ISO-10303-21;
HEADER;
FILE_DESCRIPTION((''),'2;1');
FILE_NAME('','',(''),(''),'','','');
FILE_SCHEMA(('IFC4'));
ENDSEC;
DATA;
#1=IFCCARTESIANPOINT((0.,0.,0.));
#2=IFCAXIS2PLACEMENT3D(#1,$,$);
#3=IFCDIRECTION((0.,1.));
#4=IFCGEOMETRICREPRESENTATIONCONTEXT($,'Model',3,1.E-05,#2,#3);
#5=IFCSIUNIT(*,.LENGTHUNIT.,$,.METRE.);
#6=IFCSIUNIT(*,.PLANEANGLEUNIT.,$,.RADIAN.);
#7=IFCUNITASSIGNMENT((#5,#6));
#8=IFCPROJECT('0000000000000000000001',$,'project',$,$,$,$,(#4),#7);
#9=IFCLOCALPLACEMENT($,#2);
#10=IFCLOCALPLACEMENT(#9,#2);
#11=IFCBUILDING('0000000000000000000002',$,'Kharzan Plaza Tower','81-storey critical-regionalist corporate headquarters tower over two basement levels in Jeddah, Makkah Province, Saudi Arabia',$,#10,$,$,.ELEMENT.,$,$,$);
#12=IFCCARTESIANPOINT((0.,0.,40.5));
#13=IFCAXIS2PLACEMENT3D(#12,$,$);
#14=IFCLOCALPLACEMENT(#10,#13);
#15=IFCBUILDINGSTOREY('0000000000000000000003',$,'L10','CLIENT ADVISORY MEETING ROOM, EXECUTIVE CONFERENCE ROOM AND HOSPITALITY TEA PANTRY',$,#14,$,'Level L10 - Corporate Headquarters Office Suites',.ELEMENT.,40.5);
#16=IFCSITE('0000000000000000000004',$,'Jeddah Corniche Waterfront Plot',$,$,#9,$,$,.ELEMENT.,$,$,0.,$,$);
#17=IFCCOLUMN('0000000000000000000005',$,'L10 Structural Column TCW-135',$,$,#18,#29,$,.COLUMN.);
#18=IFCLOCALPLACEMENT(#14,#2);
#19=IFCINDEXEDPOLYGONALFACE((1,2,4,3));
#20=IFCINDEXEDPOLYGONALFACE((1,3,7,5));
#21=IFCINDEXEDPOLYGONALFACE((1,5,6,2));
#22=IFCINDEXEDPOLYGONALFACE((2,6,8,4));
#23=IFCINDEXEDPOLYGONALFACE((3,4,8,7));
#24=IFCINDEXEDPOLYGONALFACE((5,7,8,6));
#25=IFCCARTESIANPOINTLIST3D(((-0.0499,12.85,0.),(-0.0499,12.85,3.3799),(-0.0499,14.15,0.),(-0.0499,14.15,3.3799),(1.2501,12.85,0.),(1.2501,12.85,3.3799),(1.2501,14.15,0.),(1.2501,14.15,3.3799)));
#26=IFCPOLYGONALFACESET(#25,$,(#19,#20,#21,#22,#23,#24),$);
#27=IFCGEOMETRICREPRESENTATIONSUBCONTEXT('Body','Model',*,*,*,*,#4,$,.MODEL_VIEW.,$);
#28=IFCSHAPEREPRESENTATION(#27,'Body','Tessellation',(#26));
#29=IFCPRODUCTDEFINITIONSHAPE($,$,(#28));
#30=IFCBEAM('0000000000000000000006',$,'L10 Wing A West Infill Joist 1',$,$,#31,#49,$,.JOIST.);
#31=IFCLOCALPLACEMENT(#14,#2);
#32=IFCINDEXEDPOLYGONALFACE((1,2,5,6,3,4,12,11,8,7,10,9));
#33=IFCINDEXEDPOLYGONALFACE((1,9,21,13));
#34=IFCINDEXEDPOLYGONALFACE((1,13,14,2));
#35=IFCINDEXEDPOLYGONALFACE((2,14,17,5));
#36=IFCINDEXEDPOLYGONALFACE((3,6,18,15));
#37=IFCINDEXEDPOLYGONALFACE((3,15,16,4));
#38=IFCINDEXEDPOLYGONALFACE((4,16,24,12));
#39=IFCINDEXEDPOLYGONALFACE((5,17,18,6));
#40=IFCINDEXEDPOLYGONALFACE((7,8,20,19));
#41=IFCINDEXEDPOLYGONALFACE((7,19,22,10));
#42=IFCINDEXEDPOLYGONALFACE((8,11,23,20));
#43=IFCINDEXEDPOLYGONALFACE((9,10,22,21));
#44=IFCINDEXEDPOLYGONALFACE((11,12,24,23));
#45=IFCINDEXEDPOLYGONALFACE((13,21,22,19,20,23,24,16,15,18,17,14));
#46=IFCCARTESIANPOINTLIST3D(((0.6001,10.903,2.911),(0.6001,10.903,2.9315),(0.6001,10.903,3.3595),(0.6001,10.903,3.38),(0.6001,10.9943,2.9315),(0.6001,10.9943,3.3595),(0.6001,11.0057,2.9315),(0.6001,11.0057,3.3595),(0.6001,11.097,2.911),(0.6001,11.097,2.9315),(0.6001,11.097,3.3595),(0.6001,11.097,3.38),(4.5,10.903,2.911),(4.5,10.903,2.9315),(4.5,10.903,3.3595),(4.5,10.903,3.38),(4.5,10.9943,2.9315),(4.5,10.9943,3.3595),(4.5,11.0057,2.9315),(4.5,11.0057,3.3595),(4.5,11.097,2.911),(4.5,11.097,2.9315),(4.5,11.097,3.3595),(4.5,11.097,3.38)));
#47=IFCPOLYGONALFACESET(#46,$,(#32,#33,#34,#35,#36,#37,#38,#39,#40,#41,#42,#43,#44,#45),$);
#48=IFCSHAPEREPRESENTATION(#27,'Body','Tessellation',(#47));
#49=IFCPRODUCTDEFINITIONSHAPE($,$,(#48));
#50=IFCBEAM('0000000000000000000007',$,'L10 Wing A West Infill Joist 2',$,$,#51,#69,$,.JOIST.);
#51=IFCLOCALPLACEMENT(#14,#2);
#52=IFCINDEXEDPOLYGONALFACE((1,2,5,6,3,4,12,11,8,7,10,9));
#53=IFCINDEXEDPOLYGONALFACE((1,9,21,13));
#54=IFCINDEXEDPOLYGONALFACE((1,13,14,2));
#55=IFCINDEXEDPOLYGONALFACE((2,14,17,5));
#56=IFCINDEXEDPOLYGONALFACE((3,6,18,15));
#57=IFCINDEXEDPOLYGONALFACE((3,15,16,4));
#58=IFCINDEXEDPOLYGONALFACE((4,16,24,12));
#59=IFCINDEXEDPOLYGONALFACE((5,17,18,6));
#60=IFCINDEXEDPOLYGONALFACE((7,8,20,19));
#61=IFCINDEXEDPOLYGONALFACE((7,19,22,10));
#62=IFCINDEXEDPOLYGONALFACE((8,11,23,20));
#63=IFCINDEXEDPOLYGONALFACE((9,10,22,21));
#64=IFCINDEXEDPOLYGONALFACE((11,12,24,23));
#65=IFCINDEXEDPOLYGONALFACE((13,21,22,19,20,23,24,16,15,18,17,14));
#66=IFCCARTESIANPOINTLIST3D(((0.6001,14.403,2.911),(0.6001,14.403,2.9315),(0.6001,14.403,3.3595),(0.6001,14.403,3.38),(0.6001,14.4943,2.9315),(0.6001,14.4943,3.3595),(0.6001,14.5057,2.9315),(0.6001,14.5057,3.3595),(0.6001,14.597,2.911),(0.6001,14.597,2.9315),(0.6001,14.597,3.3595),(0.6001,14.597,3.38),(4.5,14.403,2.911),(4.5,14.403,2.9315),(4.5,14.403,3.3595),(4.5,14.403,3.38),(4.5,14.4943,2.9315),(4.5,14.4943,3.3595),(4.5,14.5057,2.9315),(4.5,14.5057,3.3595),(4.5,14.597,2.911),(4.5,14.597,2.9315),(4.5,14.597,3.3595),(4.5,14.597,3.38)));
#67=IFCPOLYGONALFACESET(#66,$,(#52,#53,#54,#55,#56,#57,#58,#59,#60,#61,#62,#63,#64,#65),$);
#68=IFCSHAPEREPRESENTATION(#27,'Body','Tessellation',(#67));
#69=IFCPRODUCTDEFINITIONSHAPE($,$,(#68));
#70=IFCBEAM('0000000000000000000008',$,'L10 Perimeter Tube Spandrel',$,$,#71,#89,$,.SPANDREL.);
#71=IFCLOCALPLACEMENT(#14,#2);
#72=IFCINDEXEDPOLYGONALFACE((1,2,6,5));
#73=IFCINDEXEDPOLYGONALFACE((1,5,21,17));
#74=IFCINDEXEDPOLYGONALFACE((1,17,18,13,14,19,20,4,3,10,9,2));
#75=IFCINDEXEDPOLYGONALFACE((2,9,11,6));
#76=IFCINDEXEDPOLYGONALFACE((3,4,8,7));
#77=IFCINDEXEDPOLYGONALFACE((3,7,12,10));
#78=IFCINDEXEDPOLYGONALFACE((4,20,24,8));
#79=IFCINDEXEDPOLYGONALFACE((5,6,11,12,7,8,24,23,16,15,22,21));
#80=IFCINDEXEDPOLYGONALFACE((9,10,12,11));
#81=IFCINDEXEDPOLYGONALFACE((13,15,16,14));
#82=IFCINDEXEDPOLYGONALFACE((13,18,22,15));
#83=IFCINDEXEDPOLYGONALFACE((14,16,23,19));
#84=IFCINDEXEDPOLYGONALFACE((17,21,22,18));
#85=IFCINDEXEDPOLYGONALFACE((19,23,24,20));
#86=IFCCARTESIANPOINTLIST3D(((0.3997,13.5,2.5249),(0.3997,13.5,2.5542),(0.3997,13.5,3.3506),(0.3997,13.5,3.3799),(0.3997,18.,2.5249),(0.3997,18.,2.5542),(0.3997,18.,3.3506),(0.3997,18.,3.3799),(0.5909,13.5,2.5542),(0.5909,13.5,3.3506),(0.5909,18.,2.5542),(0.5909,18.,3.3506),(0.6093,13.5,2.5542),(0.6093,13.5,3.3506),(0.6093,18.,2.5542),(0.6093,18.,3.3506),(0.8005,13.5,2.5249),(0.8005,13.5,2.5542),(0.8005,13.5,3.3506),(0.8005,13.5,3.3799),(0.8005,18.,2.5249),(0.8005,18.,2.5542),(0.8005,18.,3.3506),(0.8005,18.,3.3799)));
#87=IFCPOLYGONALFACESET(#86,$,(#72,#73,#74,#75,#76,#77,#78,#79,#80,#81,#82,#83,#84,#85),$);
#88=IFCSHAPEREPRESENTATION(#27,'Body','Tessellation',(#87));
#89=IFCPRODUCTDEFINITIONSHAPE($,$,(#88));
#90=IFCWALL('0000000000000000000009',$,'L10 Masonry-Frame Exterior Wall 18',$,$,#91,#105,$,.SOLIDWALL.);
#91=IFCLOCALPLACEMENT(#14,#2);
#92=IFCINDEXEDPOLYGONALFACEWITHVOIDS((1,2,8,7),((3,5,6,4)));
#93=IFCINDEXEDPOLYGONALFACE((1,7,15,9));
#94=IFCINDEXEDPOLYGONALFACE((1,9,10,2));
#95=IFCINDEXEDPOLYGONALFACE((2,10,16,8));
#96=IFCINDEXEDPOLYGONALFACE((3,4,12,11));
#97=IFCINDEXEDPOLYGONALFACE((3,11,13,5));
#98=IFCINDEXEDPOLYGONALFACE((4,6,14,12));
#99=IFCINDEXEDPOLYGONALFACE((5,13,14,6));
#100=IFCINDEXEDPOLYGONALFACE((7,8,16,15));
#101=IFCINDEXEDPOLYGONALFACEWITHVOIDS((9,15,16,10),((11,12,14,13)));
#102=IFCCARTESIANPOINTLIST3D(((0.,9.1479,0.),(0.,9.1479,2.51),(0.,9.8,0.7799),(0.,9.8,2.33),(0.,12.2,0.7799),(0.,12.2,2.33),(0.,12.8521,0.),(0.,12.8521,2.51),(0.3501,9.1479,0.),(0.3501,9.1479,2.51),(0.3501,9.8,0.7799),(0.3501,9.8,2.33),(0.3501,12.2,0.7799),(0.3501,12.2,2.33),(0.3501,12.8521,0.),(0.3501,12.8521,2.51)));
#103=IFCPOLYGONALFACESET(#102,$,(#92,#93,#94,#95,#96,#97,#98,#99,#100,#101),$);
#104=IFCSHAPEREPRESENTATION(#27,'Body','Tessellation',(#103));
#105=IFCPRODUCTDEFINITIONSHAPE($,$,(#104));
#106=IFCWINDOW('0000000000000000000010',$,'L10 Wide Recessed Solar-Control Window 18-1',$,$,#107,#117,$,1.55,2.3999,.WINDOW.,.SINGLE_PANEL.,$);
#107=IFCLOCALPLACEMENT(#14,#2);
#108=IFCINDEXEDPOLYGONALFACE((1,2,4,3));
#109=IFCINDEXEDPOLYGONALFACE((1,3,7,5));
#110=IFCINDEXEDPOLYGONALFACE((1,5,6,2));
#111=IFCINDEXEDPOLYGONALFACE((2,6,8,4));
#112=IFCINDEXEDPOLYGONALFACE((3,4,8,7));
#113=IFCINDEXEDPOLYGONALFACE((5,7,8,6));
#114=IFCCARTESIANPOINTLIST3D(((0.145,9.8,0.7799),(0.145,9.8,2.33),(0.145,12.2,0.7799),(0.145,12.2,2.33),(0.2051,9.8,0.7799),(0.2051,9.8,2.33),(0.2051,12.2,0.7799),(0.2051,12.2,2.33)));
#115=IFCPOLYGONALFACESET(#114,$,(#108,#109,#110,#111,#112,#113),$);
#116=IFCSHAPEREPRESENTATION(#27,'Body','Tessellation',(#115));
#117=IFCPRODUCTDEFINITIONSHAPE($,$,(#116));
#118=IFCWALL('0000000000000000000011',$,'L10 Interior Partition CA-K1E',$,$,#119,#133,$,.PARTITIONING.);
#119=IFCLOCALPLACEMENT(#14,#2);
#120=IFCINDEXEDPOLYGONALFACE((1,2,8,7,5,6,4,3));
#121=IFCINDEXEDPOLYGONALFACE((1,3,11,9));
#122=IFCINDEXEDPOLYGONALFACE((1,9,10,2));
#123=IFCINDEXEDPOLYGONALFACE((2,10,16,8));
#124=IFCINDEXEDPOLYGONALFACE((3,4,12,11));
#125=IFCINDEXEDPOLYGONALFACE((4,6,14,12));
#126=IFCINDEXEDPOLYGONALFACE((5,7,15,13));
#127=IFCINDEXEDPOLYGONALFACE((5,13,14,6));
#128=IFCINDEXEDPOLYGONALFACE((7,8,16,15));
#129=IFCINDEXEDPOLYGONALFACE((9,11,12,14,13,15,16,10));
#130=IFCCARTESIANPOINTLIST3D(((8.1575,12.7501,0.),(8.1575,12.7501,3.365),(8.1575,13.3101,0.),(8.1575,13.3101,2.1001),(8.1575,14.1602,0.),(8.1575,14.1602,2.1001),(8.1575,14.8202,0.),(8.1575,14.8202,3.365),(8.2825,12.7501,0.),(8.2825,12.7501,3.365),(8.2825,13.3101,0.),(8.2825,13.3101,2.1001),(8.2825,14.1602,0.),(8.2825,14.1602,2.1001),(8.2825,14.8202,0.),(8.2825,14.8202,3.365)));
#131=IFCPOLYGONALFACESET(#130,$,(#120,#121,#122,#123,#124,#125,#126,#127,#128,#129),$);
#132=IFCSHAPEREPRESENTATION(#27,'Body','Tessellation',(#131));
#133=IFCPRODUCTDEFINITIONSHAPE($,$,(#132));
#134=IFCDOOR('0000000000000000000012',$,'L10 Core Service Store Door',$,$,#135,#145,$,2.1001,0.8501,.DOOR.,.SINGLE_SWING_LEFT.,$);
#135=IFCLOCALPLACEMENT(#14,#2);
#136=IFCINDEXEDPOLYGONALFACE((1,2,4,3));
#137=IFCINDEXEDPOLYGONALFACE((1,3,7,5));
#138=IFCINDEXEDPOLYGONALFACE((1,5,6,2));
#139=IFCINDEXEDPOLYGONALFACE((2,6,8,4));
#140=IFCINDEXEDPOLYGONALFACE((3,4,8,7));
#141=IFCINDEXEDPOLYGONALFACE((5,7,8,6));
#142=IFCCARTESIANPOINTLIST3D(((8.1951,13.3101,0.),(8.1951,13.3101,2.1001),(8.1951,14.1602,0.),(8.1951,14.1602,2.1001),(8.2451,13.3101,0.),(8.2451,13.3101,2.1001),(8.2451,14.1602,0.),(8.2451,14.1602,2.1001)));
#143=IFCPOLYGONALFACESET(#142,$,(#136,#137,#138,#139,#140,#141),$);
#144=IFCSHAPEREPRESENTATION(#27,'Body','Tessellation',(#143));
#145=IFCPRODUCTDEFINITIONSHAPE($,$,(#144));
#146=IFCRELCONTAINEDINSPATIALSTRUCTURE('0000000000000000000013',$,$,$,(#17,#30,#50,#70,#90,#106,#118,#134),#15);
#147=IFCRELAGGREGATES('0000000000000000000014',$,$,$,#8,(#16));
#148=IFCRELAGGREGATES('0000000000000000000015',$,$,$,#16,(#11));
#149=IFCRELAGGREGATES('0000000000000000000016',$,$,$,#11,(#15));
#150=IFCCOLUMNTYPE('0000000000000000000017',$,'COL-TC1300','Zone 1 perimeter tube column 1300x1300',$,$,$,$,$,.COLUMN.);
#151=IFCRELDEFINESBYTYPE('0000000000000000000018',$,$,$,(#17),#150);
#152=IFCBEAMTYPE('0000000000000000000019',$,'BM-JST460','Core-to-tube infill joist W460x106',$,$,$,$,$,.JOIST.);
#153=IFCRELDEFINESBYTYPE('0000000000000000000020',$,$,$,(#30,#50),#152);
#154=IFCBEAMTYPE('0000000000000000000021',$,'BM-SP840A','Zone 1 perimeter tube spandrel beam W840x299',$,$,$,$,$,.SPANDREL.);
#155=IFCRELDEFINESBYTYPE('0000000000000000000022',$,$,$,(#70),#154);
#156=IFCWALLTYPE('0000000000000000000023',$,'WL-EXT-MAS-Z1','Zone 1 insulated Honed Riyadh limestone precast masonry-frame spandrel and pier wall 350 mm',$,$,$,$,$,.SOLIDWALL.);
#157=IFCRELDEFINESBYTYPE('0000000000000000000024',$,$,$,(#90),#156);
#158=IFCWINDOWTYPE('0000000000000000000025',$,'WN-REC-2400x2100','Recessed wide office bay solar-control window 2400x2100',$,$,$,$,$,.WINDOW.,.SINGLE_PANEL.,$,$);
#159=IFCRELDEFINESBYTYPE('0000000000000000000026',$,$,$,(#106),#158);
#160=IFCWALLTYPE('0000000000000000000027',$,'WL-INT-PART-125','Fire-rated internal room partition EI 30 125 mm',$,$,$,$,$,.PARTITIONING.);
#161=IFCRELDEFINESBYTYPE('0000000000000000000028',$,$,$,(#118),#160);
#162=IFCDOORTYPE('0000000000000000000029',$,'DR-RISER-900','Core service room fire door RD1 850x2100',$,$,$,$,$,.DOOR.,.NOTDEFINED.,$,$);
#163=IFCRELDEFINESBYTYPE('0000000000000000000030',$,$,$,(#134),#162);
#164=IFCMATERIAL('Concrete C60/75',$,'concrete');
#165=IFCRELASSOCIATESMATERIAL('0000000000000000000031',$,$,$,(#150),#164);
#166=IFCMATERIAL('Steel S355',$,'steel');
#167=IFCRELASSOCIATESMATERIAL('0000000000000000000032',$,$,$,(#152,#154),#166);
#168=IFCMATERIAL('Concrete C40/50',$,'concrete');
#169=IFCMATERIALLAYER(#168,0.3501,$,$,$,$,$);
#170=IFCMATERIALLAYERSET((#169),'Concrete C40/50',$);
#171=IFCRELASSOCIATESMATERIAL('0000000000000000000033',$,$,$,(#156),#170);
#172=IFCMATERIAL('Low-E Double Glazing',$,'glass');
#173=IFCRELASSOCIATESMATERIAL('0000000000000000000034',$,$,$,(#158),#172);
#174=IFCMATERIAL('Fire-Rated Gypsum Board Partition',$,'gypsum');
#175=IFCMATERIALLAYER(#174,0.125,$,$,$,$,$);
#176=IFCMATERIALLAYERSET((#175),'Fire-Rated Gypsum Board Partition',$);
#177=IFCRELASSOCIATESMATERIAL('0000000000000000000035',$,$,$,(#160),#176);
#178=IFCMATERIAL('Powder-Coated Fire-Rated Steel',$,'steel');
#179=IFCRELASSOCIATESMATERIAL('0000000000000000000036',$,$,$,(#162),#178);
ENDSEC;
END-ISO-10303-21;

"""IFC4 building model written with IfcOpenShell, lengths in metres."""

from ifc_helpers import new_model, si_unit, direction, frame, frame_2d, origin, origin_2d, place, context, subcontext, project, spatial, rectangle, i_section, extrude, source, transform, mapped, material, layer, layer_set, material_profile, profile_set, type_object, element, fill, save


model = new_model("IFC4")

# Units and contexts
model_context = context("Model", 3, precision=1e-05, world=origin(), true_north=direction((0.0, 1.0)))
body_context = subcontext(model_context, "Body", "Model", "MODEL_VIEW")
ifc_project = project(units=[si_unit("LENGTHUNIT", "METRE"), si_unit("PLANEANGLEUNIT", "RADIAN")], contexts=[model_context])

# Site, building, storey
site_placement = place(None, origin())
site = spatial("IfcSite", under=ifc_project, at=site_placement, Name="Jeddah Corniche Waterfront Plot", CompositionType="ELEMENT", RefElevation=0.0)
building_placement = place(site_placement, origin())
building = spatial("IfcBuilding", under=site, at=building_placement, Name="Kharzan Plaza Tower", Description="81-storey critical-regionalist corporate headquarters tower over two basement levels in Jeddah, Makkah Province, Saudi Arabia", CompositionType="ELEMENT")
storey_placement = place(building_placement, frame((0.0, 0.0, 40.5)))
storey = spatial("IfcBuildingStorey", under=building, at=storey_placement, Name="L10", Description="CLIENT ADVISORY MEETING ROOM, EXECUTIVE CONFERENCE ROOM AND HOSPITALITY TEA PANTRY", LongName="Level L10 - Corporate Headquarters Office Suites", CompositionType="ELEMENT", Elevation=40.5)

# Column
ifc_material_1 = material(Name="Concrete C60/75", Category="concrete")
ifc_material_profile_1 = material_profile(ifc_material_1, rectangle(XDim=1.3, YDim=1.3, at=origin_2d()), Name="RC-TC1300x1300")
ifc_profile_set_1 = profile_set([ifc_material_profile_1], Name="Concrete C60/75")
column_type = type_object("IfcColumnType", Name="COL-TC1300", Description="Zone 1 perimeter tube column 1300x1300", PredefinedType="COLUMN", material=ifc_profile_set_1)
shared_shape_1 = source(origin(), body_context, "Body", "SweptSolid", [
    extrude(rectangle(XDim=1.3, YDim=1.3, at=origin_2d()), origin(), (0.0, 0.0, 1.0), 3.3799),
])
column_placement = place(storey_placement, frame((0.6001, 13.5, 0.0), z_axis=(0.0, 0.0, 1.0), x_axis=(1.0, 0.0, 0.0)))
element("IfcColumn", 1, at=column_placement, inside=storey, type_object=column_type, Name="L10 Structural Column TCW-135", PredefinedType="COLUMN", context=body_context, shape_type="MappedRepresentation", body=[
    mapped(shared_shape_1, transform((0.0, 0.0, 0.0), x_axis=(1.0, 0.0, 0.0), y_axis=(0.0, 1.0, 0.0), z_axis=(0.0, 0.0, 1.0))),
])

# Beams
ifc_material_2 = material(Name="Steel S355", Category="steel")
ifc_material_profile_2 = material_profile(ifc_material_2, i_section(OverallWidth=0.1941, OverallDepth=0.469, WebThickness=0.0115, FlangeThickness=0.0205, at=origin_2d()), Name="W460x106")
ifc_profile_set_2 = profile_set([ifc_material_profile_2], Name="Steel S355")
beam_type_1 = type_object("IfcBeamType", Name="BM-JST460", Description="Core-to-tube infill joist W460x106", PredefinedType="JOIST", material=ifc_profile_set_2)
shared_shape_2 = source(origin(), body_context, "Body", "SweptSolid", [
    extrude(i_section(OverallWidth=0.1941, OverallDepth=0.469, WebThickness=0.0115, FlangeThickness=0.0205, at=origin_2d()), origin(), (0.0, 0.0, 1.0), 3.8999),
])
for number, where, z_axis, x_axis, name in (
    (2, (0.6001, 11.0, 3.1455), (1.0, 0.0, 0.0), (0.0, 1.0, 0.0), "L10 Wing A West Infill Joist 1"),
    (3, (0.6001, 14.5, 3.1455), (1.0, 0.0, 0.0), (0.0, 1.0, 0.0), "L10 Wing A West Infill Joist 2"),
):
    element("IfcBeam", number, at=place(storey_placement, frame(where, z_axis=z_axis, x_axis=x_axis)), inside=storey, type_object=beam_type_1, Name=name, PredefinedType="JOIST", context=body_context, shape_type="MappedRepresentation", body=[
        mapped(shared_shape_2, transform((0.0, 0.0, 0.0), x_axis=(1.0, 0.0, 0.0), y_axis=(0.0, 1.0, 0.0), z_axis=(0.0, 0.0, 1.0))),
    ])
ifc_material_profile_3 = material_profile(ifc_material_2, i_section(OverallWidth=0.4009, OverallDepth=0.855, WebThickness=0.0183, FlangeThickness=0.0293, at=origin_2d()), Name="W840x299")
ifc_profile_set_3 = profile_set([ifc_material_profile_3], Name="Steel S355")
beam_type_2 = type_object("IfcBeamType", Name="BM-SP840A", Description="Zone 1 perimeter tube spandrel beam W840x299", PredefinedType="SPANDREL", material=ifc_profile_set_3)
shared_shape_3 = source(origin(), body_context, "Body", "SweptSolid", [
    extrude(i_section(OverallWidth=0.4009, OverallDepth=0.855, WebThickness=0.0183, FlangeThickness=0.0293, at=origin_2d()), origin(), (0.0, 0.0, 1.0), 4.5),
])
beam_placement = place(storey_placement, frame((0.6001, 13.5, 2.9524), z_axis=(0.0, 1.0, 0.0), x_axis=(-1.0, 0.0, 0.0)))
element("IfcBeam", 4, at=beam_placement, inside=storey, type_object=beam_type_2, Name="L10 Perimeter Tube Spandrel", PredefinedType="SPANDREL", context=body_context, shape_type="MappedRepresentation", body=[
    mapped(shared_shape_3, transform((0.0, 0.0, 0.0), x_axis=(1.0, 0.0, 0.0), y_axis=(0.0, 1.0, 0.0), z_axis=(0.0, 0.0, 1.0))),
])

# Wall, opening, window
ifc_material_3 = material(Name="Concrete C40/50", Category="concrete")
ifc_layer_1 = layer(ifc_material_3, 0.3501)
ifc_layer_set_1 = layer_set([ifc_layer_1], Name="Concrete C40/50")
wall_type_1 = type_object("IfcWallType", Name="WL-EXT-MAS-Z1", Description="Zone 1 insulated Honed Riyadh limestone precast masonry-frame spandrel and pier wall 350 mm", PredefinedType="SOLIDWALL", material=ifc_layer_set_1)
wall_1_placement = place(storey_placement, frame((0.175, 12.8521, 0.0), z_axis=(0.0, 0.0, 1.0), x_axis=(0.0, -1.0, 0.0)))
wall_1 = element("IfcWall", 5, at=wall_1_placement, inside=storey, type_object=wall_type_1, Name="L10 Masonry-Frame Exterior Wall 18", PredefinedType="SOLIDWALL", context=body_context, shape_type="SweptSolid", body=[
    extrude(rectangle(XDim=3.7041, YDim=0.3501, at=frame_2d((1.8521, 0.0))), origin(), (0.0, 0.0, 1.0), 2.51),
])
opening_1_placement = place(wall_1_placement, frame((0.6521, 0.0, 0.78)))
opening_1 = element("IfcOpeningElement", 6, at=opening_1_placement, cuts=wall_1, PredefinedType="OPENING", context=body_context, shape_type="SweptSolid", body=[
    extrude(rectangle(XDim=2.3999, YDim=1.55, at=frame_2d((1.2, 0.7749))), frame((0.0, 0.1851, 0.0), z_axis=(0.0, -1.0, 0.0), x_axis=(1.0, 0.0, 0.0)), (0.0, 0.0, 1.0), 0.3701),
])
ifc_material_4 = material(Name="Low-E Double Glazing", Category="glass")
window_type = type_object("IfcWindowType", Name="WN-REC-2400x2100", Description="Recessed wide office bay solar-control window 2400x2100", PartitioningType="SINGLE_PANEL", PredefinedType="WINDOW", material=ifc_material_4)
shared_shape_4 = source(origin(), body_context, "Body", "SweptSolid", [
    extrude(rectangle(XDim=2.3999, YDim=1.55, at=frame_2d((1.2, 0.7749))), frame((0.0, 0.03, 0.0), z_axis=(0.0, -1.0, 0.0), x_axis=(1.0, 0.0, 0.0)), (0.0, 0.0, 1.0), 0.0601),
])
window_placement = place(opening_1_placement, origin())
window = element("IfcWindow", 7, at=window_placement, inside=storey, type_object=window_type, Name="L10 Wide Recessed Solar-Control Window 18-1", OverallHeight=1.55, OverallWidth=2.3999, PartitioningType="SINGLE_PANEL", PredefinedType="WINDOW", context=body_context, shape_type="MappedRepresentation", body=[
    mapped(shared_shape_4, transform((0.0, 0.0, 0.0), x_axis=(1.0, 0.0, 0.0), y_axis=(0.0, 1.0, 0.0), z_axis=(0.0, 0.0, 1.0))),
])
fill(opening_1, window)

# Wall, opening, door
ifc_material_5 = material(Name="Fire-Rated Gypsum Board Partition", Category="gypsum")
ifc_layer_2 = layer(ifc_material_5, 0.125)
ifc_layer_set_2 = layer_set([ifc_layer_2], Name="Fire-Rated Gypsum Board Partition")
wall_type_2 = type_object("IfcWallType", Name="WL-INT-PART-125", Description="Fire-rated internal room partition EI 30 125 mm", PredefinedType="PARTITIONING", material=ifc_layer_set_2)
wall_2_placement = place(storey_placement, frame((8.22, 12.75, 0.0), z_axis=(0.0, 0.0, 1.0), x_axis=(0.0, 1.0, 0.0)))
wall_2 = element("IfcWall", 8, at=wall_2_placement, inside=storey, type_object=wall_type_2, Name="L10 Interior Partition CA-K1E", PredefinedType="PARTITIONING", context=body_context, shape_type="SweptSolid", body=[
    extrude(rectangle(XDim=2.0701, YDim=0.125, at=frame_2d((1.0352, 0.0))), origin(), (0.0, 0.0, 1.0), 3.365),
])
opening_2_placement = place(wall_2_placement, frame((0.5601, 0.0, 0.0)))
opening_2 = element("IfcOpeningElement", 9, at=opening_2_placement, cuts=wall_2, PredefinedType="OPENING", context=body_context, shape_type="SweptSolid", body=[
    extrude(rectangle(XDim=0.8501, YDim=2.1001, at=frame_2d((0.425, 1.05))), frame((0.0, 0.0725, 0.0), z_axis=(0.0, -1.0, 0.0), x_axis=(1.0, 0.0, 0.0)), (0.0, 0.0, 1.0), 0.145),
])
ifc_material_6 = material(Name="Powder-Coated Fire-Rated Steel", Category="steel")
door_type_1 = type_object("IfcDoorType", Name="DR-RISER-900", Description="Core service room fire door RD1 850x2100", OperationType="NOTDEFINED", PredefinedType="DOOR", material=ifc_material_6)
shared_shape_5 = source(origin(), body_context, "Body", "SweptSolid", [
    extrude(rectangle(XDim=0.8501, YDim=2.1001, at=frame_2d((0.425, 1.05))), frame((0.0, 0.0249, 0.0), z_axis=(0.0, -1.0, 0.0), x_axis=(1.0, 0.0, 0.0)), (0.0, 0.0, 1.0), 0.05),
])
door_1_placement = place(opening_2_placement, origin())
door_1 = element("IfcDoor", 10, at=door_1_placement, inside=storey, type_object=door_type_1, Name="L10 Core Service Store Door", OperationType="SINGLE_SWING_LEFT", OverallHeight=2.1001, OverallWidth=0.8501, PredefinedType="DOOR", context=body_context, shape_type="MappedRepresentation", body=[
    mapped(shared_shape_5, transform((0.0, 0.0, 0.0), x_axis=(1.0, 0.0, 0.0), y_axis=(0.0, 1.0, 0.0), z_axis=(0.0, 0.0, 1.0))),
])
fill(opening_2, door_1)

save(model, "model.ifc")
